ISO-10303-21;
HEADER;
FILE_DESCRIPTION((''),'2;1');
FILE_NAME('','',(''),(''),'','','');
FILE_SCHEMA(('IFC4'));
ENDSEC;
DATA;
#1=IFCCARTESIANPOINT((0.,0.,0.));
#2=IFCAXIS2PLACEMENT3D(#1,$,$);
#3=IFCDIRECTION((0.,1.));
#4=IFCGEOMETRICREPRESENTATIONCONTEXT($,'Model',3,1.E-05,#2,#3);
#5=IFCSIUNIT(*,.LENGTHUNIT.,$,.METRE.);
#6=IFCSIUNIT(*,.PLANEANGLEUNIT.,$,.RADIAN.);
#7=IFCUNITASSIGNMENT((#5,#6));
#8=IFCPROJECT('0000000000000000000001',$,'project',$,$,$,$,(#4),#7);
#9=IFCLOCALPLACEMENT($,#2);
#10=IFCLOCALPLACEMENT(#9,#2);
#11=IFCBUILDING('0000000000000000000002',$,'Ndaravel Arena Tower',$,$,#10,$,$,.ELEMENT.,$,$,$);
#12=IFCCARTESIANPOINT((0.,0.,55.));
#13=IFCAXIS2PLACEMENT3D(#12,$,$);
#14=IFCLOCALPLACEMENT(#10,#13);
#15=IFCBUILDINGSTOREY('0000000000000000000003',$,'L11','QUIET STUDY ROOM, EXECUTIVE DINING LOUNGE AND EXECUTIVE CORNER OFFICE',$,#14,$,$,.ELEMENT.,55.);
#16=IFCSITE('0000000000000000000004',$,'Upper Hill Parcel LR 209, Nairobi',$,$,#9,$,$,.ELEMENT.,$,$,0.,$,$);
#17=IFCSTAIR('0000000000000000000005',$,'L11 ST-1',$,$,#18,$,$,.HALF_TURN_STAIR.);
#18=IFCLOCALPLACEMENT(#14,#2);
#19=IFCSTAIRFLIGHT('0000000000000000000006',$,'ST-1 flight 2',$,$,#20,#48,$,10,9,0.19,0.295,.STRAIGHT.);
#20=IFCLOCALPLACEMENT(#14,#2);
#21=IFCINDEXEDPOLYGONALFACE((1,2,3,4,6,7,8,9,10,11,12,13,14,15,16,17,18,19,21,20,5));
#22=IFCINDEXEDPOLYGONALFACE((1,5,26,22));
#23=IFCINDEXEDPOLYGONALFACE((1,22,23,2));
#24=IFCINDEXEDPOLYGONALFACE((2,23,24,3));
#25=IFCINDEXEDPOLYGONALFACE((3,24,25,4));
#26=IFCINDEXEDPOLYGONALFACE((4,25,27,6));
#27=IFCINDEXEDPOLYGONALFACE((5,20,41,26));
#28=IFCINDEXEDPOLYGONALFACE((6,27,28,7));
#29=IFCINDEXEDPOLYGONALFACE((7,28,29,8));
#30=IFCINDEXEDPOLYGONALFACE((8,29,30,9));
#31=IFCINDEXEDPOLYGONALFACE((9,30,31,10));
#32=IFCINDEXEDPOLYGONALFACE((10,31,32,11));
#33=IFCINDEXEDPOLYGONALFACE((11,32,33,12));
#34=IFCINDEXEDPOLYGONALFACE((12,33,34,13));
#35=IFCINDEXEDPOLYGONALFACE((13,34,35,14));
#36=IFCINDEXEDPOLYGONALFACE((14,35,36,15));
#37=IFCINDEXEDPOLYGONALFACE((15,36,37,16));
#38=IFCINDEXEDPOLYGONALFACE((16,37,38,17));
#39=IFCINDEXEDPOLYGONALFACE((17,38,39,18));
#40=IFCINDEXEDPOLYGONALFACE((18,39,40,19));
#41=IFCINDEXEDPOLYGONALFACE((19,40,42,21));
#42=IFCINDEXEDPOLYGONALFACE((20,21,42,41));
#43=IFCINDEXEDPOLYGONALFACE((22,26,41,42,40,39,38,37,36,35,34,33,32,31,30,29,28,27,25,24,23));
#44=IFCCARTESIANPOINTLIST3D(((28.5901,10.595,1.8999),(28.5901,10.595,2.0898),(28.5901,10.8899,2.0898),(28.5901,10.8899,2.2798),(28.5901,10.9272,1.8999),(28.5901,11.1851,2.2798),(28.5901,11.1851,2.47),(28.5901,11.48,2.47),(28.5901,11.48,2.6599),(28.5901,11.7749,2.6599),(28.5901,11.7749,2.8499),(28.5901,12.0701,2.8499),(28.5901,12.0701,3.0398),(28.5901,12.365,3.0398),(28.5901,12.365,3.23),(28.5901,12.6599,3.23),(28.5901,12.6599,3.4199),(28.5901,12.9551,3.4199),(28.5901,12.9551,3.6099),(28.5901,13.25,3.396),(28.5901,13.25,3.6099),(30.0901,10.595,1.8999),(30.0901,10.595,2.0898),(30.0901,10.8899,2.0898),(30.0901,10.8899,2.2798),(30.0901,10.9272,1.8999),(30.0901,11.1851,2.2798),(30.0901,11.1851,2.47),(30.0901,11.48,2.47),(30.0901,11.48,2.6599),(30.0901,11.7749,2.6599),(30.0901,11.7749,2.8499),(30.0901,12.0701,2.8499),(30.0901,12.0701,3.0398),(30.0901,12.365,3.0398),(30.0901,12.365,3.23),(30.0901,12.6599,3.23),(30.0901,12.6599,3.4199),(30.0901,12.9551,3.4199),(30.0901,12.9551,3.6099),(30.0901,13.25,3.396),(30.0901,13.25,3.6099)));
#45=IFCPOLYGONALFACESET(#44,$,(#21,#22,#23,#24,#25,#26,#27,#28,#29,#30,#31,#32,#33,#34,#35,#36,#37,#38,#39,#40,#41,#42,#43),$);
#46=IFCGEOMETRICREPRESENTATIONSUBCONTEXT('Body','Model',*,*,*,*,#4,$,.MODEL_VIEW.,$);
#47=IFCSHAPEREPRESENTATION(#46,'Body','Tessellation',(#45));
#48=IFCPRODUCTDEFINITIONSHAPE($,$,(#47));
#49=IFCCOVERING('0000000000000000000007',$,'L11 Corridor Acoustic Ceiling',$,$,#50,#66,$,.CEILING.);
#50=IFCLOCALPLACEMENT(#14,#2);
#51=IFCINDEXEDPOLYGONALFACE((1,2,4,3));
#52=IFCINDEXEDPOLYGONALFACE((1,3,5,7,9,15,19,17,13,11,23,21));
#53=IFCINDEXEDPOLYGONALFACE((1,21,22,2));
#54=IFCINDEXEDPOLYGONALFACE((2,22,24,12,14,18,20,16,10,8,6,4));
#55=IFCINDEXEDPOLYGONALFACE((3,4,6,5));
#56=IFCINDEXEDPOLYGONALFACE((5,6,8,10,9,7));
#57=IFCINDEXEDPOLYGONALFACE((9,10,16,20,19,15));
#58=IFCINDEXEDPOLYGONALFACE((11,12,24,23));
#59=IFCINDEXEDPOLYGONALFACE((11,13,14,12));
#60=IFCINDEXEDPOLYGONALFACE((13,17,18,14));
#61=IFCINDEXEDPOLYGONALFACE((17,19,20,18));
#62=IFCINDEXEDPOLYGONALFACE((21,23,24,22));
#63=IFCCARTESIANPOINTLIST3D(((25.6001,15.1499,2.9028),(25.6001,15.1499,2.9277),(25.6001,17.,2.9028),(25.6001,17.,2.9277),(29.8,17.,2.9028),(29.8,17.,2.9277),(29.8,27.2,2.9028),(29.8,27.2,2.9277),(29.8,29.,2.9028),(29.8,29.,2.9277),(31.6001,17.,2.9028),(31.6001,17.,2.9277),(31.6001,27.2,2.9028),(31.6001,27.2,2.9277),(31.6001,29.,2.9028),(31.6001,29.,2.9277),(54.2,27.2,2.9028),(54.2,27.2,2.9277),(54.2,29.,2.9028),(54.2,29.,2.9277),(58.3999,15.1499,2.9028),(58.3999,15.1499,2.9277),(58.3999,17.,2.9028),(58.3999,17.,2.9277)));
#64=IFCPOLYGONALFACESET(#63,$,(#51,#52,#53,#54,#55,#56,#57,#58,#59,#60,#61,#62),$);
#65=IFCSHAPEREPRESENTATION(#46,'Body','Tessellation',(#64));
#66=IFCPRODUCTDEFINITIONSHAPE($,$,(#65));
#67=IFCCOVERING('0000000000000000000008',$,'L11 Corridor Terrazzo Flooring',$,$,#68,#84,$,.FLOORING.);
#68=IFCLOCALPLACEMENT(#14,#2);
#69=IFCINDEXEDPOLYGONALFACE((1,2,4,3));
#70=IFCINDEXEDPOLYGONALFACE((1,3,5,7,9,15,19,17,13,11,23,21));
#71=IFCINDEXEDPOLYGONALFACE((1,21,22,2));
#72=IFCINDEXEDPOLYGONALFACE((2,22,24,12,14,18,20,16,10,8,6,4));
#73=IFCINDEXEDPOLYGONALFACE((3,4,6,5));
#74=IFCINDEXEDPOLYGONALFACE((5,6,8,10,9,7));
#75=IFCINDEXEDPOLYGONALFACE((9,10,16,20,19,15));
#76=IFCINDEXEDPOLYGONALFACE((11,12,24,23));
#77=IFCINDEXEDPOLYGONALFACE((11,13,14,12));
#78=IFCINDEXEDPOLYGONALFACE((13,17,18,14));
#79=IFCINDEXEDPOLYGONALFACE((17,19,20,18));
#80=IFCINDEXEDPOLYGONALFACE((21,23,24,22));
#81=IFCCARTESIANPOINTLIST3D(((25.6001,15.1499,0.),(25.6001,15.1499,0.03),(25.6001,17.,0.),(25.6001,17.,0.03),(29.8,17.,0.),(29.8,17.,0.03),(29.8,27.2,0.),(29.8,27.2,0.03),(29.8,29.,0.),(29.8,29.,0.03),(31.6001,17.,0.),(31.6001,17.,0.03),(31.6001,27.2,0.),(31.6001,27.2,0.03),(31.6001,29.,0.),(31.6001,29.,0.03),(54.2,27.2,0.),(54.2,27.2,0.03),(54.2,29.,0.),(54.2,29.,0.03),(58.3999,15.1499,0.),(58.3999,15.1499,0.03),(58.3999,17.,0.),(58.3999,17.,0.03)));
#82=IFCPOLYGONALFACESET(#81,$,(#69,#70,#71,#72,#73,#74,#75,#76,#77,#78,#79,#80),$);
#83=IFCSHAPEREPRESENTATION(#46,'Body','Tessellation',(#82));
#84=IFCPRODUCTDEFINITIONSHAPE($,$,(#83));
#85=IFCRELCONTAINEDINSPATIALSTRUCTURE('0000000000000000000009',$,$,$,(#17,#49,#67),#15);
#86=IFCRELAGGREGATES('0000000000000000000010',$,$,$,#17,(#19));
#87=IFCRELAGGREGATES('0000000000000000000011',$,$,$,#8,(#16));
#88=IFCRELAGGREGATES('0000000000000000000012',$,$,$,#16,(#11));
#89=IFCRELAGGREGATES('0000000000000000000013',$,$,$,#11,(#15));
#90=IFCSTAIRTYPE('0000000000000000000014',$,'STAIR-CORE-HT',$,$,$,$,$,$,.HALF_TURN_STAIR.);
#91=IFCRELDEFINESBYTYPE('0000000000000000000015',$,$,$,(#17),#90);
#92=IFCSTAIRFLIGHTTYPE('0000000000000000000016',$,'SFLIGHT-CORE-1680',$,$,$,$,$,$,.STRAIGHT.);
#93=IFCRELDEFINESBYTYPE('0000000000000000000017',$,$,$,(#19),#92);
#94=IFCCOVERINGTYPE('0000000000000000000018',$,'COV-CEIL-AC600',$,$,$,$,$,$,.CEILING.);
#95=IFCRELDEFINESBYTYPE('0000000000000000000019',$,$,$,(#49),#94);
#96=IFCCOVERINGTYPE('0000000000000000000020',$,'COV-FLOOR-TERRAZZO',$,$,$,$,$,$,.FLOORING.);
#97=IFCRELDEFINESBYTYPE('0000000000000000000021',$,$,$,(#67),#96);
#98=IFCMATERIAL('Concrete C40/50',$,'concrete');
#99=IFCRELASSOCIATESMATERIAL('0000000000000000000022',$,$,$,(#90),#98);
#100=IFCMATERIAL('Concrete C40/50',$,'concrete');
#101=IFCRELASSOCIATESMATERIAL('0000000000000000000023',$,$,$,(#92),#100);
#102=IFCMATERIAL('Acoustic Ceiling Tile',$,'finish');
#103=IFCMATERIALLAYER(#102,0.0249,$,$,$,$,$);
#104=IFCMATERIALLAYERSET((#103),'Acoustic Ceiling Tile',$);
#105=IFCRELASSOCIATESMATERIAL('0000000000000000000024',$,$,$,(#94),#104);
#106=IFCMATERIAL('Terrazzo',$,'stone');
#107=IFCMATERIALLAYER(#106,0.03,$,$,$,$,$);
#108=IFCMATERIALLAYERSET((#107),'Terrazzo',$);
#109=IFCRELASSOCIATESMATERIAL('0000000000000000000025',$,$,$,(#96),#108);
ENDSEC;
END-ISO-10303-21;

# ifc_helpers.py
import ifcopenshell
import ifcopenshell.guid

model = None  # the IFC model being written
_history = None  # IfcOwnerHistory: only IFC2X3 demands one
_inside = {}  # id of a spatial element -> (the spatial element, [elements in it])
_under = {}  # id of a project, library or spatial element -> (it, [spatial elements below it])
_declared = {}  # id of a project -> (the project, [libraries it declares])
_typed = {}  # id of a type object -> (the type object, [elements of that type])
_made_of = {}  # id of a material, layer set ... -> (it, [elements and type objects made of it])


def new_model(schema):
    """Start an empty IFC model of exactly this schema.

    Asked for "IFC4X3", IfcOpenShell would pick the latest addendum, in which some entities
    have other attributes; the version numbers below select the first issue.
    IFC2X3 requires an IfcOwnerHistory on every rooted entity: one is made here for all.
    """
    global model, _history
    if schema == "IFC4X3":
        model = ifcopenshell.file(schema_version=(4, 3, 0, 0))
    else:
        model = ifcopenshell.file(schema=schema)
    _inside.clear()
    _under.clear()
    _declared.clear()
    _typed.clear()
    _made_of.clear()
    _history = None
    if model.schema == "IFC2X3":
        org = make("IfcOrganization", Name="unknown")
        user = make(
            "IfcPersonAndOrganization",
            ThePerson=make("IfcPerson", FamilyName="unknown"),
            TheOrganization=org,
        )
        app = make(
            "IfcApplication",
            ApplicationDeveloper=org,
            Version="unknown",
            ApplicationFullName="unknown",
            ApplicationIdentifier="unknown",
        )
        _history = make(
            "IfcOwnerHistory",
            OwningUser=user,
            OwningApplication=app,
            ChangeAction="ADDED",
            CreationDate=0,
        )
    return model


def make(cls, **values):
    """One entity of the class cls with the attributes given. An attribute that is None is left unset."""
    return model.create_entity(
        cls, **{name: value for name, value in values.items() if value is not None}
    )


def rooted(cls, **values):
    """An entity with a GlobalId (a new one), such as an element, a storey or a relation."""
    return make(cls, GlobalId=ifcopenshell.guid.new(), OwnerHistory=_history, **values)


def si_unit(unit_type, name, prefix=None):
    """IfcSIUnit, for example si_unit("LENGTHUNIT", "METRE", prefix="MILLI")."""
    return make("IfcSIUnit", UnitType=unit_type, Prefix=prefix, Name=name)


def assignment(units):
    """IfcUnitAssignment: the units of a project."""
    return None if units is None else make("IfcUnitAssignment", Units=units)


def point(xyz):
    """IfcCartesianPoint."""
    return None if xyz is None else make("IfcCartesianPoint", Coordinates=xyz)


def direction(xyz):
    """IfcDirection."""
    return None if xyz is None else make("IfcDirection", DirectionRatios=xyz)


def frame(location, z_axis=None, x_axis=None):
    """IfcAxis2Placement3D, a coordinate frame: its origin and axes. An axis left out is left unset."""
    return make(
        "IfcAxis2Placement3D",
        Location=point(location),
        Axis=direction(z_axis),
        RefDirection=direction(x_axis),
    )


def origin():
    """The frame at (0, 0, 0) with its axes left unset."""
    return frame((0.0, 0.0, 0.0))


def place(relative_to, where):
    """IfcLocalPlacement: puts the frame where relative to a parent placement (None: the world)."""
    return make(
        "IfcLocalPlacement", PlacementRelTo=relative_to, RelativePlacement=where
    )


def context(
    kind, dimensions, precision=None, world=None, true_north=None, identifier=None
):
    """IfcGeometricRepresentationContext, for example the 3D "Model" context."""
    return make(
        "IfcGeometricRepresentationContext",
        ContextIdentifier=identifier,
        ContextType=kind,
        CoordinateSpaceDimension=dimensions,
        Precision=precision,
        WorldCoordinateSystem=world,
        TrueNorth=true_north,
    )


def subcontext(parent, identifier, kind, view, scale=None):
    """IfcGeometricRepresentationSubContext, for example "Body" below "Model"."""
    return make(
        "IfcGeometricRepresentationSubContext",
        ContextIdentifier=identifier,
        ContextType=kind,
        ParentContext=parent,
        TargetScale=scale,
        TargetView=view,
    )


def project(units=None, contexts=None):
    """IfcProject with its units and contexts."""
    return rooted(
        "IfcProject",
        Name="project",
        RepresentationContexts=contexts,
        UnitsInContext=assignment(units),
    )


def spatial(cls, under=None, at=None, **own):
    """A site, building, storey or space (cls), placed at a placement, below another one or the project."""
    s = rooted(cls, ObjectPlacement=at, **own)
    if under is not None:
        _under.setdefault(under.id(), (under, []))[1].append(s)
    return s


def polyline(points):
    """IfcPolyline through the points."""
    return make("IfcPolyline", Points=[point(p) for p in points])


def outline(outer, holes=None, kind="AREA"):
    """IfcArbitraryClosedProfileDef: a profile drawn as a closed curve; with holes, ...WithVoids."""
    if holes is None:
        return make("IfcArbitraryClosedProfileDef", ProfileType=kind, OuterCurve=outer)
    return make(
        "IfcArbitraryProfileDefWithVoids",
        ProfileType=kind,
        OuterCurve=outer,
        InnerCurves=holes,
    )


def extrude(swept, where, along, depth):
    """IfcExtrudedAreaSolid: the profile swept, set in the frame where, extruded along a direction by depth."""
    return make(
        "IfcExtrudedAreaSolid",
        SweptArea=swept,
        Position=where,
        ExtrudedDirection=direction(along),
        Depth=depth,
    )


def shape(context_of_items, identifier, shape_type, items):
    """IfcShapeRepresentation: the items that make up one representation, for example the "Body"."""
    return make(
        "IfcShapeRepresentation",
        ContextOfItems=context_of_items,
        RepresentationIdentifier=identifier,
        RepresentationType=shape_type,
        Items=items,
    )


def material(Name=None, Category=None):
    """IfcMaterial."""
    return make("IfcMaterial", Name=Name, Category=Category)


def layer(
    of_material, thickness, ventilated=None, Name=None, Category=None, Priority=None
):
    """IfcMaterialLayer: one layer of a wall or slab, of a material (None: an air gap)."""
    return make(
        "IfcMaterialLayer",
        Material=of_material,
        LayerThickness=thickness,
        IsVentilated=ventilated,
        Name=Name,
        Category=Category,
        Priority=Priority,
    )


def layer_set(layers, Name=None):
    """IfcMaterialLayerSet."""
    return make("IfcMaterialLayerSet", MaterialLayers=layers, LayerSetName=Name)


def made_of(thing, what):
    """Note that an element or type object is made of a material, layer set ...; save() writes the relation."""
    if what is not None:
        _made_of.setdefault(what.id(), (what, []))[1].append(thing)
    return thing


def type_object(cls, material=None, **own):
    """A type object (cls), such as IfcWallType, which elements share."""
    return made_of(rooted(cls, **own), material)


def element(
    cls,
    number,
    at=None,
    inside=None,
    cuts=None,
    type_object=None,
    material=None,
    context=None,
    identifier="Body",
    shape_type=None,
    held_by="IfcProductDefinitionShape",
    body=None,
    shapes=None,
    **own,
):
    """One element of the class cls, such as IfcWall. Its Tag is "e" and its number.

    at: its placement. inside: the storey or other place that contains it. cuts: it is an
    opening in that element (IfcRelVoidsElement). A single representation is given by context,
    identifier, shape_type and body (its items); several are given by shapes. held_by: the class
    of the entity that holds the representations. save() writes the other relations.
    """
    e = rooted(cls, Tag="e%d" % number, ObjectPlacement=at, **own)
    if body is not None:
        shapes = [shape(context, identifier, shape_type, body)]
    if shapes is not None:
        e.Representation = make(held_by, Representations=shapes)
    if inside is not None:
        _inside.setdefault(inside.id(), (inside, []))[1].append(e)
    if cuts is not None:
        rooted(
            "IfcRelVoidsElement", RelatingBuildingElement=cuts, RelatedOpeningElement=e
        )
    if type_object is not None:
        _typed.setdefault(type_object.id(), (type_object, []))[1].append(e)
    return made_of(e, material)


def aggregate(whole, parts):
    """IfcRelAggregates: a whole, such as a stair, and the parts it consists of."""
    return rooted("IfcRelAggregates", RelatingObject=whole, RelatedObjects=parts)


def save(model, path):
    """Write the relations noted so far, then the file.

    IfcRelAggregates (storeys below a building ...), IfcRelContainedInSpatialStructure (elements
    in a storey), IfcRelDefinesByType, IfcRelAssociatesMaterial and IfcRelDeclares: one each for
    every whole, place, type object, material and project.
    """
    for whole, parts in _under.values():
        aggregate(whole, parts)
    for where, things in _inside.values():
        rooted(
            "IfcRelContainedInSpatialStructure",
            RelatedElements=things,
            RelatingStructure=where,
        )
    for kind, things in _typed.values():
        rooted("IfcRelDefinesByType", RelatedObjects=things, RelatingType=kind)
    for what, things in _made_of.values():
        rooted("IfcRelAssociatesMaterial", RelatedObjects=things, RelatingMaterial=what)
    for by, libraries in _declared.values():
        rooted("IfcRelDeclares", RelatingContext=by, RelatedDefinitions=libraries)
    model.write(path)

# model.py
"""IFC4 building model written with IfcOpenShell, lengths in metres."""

from ifc_helpers import new_model, si_unit, direction, frame, origin, place, context, subcontext, project, spatial, polyline, outline, extrude, material, layer, layer_set, type_object, element, aggregate, save


model = new_model("IFC4")

# Units and contexts
model_context = context("Model", 3, precision=1e-05, world=origin(), true_north=direction((0.0, 1.0)))
body_context = subcontext(model_context, "Body", "Model", "MODEL_VIEW")
ifc_project = project(units=[si_unit("LENGTHUNIT", "METRE"), si_unit("PLANEANGLEUNIT", "RADIAN")], contexts=[model_context])

# Site, building, storey
site_placement = place(None, origin())
site = spatial("IfcSite", under=ifc_project, at=site_placement, Name="Upper Hill Parcel LR 209, Nairobi", CompositionType="ELEMENT", RefElevation=0.0)
building_placement = place(site_placement, origin())
building = spatial("IfcBuilding", under=site, at=building_placement, Name="Ndaravel Arena Tower", CompositionType="ELEMENT")
storey_placement = place(building_placement, frame((0.0, 0.0, 55.0)))
storey = spatial("IfcBuildingStorey", under=building, at=storey_placement, Name="L11", Description="QUIET STUDY ROOM, EXECUTIVE DINING LOUNGE AND EXECUTIVE CORNER OFFICE", CompositionType="ELEMENT", Elevation=55.0)

# Stair
ifc_material_1 = material(Name="Concrete C40/50", Category="concrete")
stair_type = type_object("IfcStairType", Name="STAIR-CORE-HT", PredefinedType="HALF_TURN_STAIR", material=ifc_material_1)
stair_1_placement = place(storey_placement, origin())
stair_1 = element("IfcStair", 1, at=stair_1_placement, inside=storey, type_object=stair_type, Name="L11 ST-1", PredefinedType="HALF_TURN_STAIR")

# Stair flight
ifc_material_2 = material(Name="Concrete C40/50", Category="concrete")
stair_flight_type = type_object("IfcStairFlightType", Name="SFLIGHT-CORE-1680", PredefinedType="STRAIGHT", material=ifc_material_2)
stair_flight_1_placement = place(storey_placement, frame((29.3401, 10.595, 1.8999), z_axis=(0.0, 0.0, 1.0), x_axis=(0.0, 1.0, 0.0)))
stair_flight_1 = element("IfcStairFlight", 2, at=stair_flight_1_placement, type_object=stair_flight_type, Name="ST-1 flight 2", NumberOfRisers=10, NumberOfTreads=9, PredefinedType="STRAIGHT", RiserHeight=0.19, TreadLength=0.295, context=body_context, shape_type="SweptSolid", body=[
    extrude(outline(polyline([(0.0, 0.0), (0.0, 0.1899), (0.2949, 0.1899), (0.2949, 0.3799), (0.5901, 0.3799), (0.5901, 0.5701), (0.885, 0.5701), (0.885, 0.76), (1.1799, 0.76), (1.1799, 0.95), (1.4751, 0.95), (1.4751, 1.1399), (1.77, 1.1399), (1.77, 1.3301), (2.0649, 1.3301), (2.0649, 1.52), (2.3601, 1.52), (2.3601, 1.71), (2.655, 1.71), (2.655, 1.8999), (2.655, 1.4961), (0.3323, 0.0), (0.0, 0.0)])), frame((0.0, 0.75, 0.0), z_axis=(0.0, -1.0, 0.0), x_axis=(1.0, 0.0, 0.0)), (0.0, 0.0, 1.0), 1.5),
])
aggregate(stair_1, [stair_flight_1])

# Coverings
ifc_material_3 = material(Name="Acoustic Ceiling Tile", Category="finish")
ifc_layer_1 = layer(ifc_material_3, 0.0249)
ifc_layer_set_1 = layer_set([ifc_layer_1], Name="Acoustic Ceiling Tile")
covering_type_1 = type_object("IfcCoveringType", Name="COV-CEIL-AC600", PredefinedType="CEILING", material=ifc_layer_set_1)
covering_1_placement = place(storey_placement, frame((0.0, 0.0, 2.9028)))
element("IfcCovering", 3, at=covering_1_placement, inside=storey, type_object=covering_type_1, Name="L11 Corridor Acoustic Ceiling", PredefinedType="CEILING", context=body_context, shape_type="SweptSolid", body=[
    extrude(outline(polyline([(58.3999, 17.0), (31.6001, 17.0), (31.6001, 27.2), (54.2, 27.2), (54.2, 29.0), (31.6001, 29.0), (29.8, 29.0), (29.8, 27.2), (29.8, 17.0), (25.6001, 17.0), (25.6001, 15.1499), (58.3999, 15.1499), (58.3999, 17.0)])), origin(), (0.0, 0.0, 1.0), 0.0249),
])
ifc_material_4 = material(Name="Terrazzo", Category="stone")
ifc_layer_2 = layer(ifc_material_4, 0.03)
ifc_layer_set_2 = layer_set([ifc_layer_2], Name="Terrazzo")
covering_type_2 = type_object("IfcCoveringType", Name="COV-FLOOR-TERRAZZO", PredefinedType="FLOORING", material=ifc_layer_set_2)
covering_2_placement = place(storey_placement, origin())
element("IfcCovering", 4, at=covering_2_placement, inside=storey, type_object=covering_type_2, Name="L11 Corridor Terrazzo Flooring", PredefinedType="FLOORING", context=body_context, shape_type="SweptSolid", body=[
    extrude(outline(polyline([(58.3999, 17.0), (31.6001, 17.0), (31.6001, 27.2), (54.2, 27.2), (54.2, 29.0), (31.6001, 29.0), (29.8, 29.0), (29.8, 27.2), (29.8, 17.0), (25.6001, 17.0), (25.6001, 15.1499), (58.3999, 15.1499), (58.3999, 17.0)])), origin(), (0.0, 0.0, 1.0), 0.03),
])

save(model, "model.ifc")
